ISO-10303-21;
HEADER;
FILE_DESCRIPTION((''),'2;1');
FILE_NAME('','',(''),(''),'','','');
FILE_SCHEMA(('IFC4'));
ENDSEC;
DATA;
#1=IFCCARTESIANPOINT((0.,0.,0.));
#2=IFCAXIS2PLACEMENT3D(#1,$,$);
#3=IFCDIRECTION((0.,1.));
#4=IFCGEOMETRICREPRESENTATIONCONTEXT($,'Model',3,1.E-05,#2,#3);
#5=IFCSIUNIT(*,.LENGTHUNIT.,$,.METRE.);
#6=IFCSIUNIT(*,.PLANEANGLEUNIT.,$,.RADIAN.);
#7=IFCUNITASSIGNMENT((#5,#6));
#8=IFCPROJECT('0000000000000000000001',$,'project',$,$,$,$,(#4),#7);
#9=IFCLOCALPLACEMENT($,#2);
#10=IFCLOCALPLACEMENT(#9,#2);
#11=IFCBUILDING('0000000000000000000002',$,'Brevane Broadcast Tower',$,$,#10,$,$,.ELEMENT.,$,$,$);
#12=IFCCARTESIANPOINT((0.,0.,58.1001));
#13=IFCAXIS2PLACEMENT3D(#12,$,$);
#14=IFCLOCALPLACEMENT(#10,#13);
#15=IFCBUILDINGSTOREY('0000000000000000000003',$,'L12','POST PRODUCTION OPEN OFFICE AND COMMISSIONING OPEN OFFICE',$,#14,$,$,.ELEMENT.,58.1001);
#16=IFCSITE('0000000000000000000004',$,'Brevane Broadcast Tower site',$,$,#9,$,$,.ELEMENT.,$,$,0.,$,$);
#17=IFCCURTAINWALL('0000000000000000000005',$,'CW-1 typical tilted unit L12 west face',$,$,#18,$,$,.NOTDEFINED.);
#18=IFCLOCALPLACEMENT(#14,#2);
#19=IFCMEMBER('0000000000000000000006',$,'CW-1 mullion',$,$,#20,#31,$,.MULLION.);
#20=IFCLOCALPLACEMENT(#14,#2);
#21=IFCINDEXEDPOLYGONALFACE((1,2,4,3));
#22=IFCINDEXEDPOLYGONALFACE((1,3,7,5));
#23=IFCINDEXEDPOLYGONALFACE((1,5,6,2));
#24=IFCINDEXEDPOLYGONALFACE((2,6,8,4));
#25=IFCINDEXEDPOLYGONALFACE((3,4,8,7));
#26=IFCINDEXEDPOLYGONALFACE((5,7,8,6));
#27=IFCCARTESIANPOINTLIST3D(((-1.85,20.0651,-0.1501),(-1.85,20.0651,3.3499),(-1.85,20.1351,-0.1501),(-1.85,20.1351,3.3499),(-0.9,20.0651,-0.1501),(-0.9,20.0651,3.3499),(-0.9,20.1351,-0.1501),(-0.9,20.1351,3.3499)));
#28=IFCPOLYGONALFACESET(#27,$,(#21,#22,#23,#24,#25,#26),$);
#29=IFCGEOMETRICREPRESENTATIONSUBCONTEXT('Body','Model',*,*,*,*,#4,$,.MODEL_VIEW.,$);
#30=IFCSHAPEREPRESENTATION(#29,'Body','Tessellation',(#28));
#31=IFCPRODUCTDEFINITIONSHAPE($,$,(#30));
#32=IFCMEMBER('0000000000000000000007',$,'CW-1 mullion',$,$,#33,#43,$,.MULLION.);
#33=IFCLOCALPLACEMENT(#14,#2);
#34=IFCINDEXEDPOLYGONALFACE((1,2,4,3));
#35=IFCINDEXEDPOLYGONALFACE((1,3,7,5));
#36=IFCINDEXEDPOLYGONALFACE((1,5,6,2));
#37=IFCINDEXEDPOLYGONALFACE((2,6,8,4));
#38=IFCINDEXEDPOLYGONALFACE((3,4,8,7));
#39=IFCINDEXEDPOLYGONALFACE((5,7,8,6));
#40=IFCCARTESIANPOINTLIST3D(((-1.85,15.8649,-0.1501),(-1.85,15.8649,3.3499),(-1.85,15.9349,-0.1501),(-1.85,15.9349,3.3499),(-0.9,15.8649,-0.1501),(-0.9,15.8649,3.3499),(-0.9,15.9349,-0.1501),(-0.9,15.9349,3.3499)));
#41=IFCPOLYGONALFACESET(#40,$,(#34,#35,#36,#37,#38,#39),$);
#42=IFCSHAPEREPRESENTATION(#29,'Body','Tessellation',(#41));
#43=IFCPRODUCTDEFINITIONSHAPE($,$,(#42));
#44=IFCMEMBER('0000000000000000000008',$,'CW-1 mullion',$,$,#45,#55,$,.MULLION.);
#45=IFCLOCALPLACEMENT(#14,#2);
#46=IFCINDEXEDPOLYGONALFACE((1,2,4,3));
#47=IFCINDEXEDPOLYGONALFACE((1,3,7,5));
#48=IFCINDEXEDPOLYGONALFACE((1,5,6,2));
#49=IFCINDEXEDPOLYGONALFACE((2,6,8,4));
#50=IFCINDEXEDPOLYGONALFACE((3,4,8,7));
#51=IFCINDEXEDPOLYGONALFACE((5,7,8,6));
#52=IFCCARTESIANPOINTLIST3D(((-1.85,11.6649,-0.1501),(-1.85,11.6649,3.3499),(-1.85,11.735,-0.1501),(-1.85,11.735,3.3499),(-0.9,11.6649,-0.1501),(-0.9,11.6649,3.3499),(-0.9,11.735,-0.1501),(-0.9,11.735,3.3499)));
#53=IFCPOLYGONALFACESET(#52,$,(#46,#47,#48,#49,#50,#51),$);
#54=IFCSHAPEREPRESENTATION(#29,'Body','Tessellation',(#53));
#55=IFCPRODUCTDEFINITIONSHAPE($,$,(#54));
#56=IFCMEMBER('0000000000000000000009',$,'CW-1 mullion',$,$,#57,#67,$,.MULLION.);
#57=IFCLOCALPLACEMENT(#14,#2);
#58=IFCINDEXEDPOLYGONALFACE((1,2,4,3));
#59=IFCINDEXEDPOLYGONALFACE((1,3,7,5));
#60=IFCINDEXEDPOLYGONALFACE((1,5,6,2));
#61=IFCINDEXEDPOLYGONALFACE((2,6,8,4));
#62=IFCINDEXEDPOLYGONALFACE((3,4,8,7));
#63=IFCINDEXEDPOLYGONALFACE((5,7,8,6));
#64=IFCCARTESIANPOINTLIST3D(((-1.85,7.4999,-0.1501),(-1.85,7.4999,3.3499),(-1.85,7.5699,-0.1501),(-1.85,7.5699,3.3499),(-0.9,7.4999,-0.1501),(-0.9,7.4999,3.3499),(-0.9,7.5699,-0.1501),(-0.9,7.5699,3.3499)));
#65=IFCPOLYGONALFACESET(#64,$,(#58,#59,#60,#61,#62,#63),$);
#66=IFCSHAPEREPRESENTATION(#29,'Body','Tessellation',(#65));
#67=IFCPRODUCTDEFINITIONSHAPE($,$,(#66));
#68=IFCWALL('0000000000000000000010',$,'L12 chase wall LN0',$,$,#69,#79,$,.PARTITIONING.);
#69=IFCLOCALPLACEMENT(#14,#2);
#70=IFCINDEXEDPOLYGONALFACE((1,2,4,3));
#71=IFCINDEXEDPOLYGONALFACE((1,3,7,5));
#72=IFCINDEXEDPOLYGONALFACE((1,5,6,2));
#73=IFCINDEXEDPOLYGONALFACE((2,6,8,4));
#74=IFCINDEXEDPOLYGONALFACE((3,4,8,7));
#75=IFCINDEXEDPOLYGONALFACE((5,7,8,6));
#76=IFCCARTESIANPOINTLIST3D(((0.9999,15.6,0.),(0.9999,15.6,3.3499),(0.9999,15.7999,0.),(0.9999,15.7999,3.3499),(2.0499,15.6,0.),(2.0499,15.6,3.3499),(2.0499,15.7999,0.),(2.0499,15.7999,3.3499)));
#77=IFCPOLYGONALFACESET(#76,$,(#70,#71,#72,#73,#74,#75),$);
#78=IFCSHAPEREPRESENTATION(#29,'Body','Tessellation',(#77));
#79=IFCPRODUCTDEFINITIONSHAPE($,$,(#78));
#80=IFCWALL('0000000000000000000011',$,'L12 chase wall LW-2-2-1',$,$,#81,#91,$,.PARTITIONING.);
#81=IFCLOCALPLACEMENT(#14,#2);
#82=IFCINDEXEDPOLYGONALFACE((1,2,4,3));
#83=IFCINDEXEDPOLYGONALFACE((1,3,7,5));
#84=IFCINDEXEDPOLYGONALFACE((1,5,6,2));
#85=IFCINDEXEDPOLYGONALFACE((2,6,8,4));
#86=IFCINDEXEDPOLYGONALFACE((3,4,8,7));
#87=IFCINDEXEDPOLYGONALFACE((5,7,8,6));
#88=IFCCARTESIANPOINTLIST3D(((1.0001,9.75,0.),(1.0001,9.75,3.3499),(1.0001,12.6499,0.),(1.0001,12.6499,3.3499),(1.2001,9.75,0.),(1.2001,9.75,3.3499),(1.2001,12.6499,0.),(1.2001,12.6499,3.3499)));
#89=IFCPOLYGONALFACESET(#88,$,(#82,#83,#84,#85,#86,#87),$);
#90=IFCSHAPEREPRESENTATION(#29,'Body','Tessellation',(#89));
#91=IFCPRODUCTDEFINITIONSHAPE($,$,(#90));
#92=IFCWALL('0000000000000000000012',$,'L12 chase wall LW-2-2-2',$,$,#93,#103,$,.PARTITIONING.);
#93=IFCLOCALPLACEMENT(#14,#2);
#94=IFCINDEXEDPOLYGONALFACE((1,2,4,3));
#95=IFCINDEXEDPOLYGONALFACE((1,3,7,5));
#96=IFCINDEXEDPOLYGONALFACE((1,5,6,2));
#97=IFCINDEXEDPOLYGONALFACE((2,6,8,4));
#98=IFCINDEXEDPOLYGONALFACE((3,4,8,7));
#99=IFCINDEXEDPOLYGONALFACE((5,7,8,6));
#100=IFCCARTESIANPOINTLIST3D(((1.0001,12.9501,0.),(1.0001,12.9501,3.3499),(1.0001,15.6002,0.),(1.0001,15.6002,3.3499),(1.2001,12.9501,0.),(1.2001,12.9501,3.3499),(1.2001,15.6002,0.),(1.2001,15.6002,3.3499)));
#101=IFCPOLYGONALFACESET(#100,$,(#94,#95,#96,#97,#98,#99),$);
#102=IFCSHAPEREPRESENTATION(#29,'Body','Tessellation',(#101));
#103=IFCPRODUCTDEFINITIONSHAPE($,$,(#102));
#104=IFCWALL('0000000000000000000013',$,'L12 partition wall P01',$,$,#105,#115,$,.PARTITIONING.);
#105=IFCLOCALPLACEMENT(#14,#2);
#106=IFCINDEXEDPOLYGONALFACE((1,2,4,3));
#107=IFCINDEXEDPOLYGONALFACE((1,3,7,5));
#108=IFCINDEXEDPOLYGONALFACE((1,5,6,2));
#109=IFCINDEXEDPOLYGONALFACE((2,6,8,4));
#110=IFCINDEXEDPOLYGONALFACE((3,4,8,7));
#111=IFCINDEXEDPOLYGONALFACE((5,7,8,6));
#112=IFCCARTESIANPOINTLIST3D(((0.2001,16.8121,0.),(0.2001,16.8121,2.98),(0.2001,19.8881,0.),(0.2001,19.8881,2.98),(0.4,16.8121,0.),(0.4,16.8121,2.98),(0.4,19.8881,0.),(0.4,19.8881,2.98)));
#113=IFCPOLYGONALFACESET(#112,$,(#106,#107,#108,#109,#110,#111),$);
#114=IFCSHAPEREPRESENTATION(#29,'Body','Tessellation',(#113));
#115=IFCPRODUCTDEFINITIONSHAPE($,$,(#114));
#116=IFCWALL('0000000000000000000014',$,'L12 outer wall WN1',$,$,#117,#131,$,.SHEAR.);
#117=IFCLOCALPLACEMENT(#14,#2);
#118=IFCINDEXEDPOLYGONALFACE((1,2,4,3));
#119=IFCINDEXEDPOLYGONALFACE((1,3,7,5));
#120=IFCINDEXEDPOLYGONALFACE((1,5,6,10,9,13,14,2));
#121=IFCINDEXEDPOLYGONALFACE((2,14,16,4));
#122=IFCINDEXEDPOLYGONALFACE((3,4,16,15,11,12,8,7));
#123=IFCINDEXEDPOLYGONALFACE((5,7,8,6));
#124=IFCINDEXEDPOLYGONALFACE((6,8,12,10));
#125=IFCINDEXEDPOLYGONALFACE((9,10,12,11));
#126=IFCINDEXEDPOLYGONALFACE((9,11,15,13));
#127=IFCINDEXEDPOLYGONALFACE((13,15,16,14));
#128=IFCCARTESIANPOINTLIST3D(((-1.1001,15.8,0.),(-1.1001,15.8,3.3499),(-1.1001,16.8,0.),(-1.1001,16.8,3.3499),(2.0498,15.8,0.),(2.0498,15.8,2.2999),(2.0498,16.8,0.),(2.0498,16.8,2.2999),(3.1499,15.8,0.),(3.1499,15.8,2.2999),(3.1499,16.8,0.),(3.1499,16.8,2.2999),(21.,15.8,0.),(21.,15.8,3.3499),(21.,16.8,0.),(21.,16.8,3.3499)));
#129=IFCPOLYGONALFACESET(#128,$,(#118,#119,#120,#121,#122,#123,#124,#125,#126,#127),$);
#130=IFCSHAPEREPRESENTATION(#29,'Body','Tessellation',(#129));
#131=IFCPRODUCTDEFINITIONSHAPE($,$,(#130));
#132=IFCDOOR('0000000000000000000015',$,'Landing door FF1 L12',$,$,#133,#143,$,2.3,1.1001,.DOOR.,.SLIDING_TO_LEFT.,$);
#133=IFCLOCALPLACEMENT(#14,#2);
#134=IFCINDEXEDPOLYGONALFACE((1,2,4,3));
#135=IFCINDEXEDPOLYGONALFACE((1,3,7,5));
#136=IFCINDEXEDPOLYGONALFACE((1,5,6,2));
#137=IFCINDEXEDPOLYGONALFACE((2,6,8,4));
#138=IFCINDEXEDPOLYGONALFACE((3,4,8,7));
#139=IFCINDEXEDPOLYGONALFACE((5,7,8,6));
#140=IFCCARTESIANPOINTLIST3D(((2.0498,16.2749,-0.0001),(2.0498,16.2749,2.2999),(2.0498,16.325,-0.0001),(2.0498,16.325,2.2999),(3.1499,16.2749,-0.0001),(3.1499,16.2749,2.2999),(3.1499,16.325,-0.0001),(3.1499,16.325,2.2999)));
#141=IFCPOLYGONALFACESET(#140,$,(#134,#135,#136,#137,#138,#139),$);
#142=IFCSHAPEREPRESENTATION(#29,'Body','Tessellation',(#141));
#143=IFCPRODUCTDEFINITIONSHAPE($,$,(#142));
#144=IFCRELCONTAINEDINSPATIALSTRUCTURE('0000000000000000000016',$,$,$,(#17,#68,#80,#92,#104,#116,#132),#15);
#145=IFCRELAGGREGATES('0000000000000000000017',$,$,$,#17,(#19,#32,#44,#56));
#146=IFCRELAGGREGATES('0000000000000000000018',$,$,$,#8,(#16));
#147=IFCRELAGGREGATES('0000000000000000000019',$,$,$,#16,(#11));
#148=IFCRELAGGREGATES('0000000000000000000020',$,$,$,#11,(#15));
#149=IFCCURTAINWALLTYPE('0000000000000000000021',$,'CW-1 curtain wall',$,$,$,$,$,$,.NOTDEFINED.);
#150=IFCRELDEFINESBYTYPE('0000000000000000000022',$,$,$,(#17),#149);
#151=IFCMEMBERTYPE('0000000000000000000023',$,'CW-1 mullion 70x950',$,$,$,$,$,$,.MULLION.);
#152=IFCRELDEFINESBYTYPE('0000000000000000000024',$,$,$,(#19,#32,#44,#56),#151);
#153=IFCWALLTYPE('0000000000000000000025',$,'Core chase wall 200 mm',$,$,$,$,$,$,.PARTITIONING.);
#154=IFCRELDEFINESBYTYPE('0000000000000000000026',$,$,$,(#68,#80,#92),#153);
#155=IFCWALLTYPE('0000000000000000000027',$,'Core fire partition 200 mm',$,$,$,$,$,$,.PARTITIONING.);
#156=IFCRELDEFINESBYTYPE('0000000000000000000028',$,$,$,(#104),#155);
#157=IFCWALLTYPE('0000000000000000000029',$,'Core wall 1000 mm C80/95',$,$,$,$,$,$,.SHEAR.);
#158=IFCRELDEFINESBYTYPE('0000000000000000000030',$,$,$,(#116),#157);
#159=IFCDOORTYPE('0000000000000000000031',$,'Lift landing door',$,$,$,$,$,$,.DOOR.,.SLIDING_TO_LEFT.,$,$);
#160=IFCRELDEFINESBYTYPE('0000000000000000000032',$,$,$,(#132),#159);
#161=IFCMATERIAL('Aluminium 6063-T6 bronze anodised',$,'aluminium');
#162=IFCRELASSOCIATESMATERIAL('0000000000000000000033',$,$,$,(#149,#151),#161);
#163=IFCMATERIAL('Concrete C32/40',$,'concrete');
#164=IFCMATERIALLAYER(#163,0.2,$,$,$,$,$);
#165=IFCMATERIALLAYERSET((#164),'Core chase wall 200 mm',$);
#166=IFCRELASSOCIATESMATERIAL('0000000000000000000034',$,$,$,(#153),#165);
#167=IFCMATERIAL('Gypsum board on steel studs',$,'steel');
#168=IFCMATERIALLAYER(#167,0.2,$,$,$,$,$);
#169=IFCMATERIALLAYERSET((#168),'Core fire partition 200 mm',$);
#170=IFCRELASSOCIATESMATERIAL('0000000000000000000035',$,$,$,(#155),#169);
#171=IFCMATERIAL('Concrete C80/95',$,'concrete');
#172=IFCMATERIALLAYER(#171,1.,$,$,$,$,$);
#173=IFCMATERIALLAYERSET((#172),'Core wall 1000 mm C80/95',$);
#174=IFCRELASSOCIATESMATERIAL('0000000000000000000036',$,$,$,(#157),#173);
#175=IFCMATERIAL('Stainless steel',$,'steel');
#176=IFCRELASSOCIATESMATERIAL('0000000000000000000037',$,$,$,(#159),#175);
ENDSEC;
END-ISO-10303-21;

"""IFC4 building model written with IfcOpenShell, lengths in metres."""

from ifc_helpers import new_model, si_unit, direction, frame, frame_2d, origin, origin_2d, place, context, subcontext, project, spatial, rectangle, extrude, material, layer, layer_set, material_profile, profile_set, type_object, element, fill, aggregate, save


model = new_model("IFC4")

# Units and contexts
model_context = context("Model", 3, precision=1e-05, world=origin(), true_north=direction((0.0, 1.0)))
body_context = subcontext(model_context, "Body", "Model", "MODEL_VIEW")
ifc_project = project(units=[si_unit("LENGTHUNIT", "METRE"), si_unit("PLANEANGLEUNIT", "RADIAN")], contexts=[model_context])

# Site, building, storey
site_placement = place(None, origin())
site = spatial("IfcSite", under=ifc_project, at=site_placement, Name="Brevane Broadcast Tower site", CompositionType="ELEMENT", RefElevation=0.0)
building_placement = place(site_placement, origin())
building = spatial("IfcBuilding", under=site, at=building_placement, Name="Brevane Broadcast Tower", CompositionType="ELEMENT")
storey_placement = place(building_placement, frame((0.0, 0.0, 58.1001)))
storey = spatial("IfcBuildingStorey", under=building, at=storey_placement, Name="L12", Description="POST PRODUCTION OPEN OFFICE AND COMMISSIONING OPEN OFFICE", CompositionType="ELEMENT", Elevation=58.1001)

# Curtain wall, members
ifc_material_1 = material(Name="Aluminium 6063-T6 bronze anodised", Category="aluminium")
curtain_wall_type = type_object("IfcCurtainWallType", Name="CW-1 curtain wall", PredefinedType="NOTDEFINED", material=ifc_material_1)
curtain_wall_placement = place(storey_placement, origin())
curtain_wall = element("IfcCurtainWall", 1, at=curtain_wall_placement, inside=storey, type_object=curtain_wall_type, Name="CW-1 typical tilted unit L12 west face", PredefinedType="NOTDEFINED")
ifc_material_profile = material_profile(ifc_material_1, rectangle(XDim=0.95, YDim=0.0701, at=origin_2d()), Name="RECT 70x950")
ifc_profile_set = profile_set([ifc_material_profile], Name="Aluminium 6063-T6 bronze anodised")
member_type = type_object("IfcMemberType", Name="CW-1 mullion 70x950", PredefinedType="MULLION", material=ifc_profile_set)
member_1_placement = place(storey_placement, frame((-1.375, 20.1001, -0.1501), z_axis=(0.0, 0.0, 1.0), x_axis=(1.0, 0.0, 0.0)))
member_1 = element("IfcMember", 2, at=member_1_placement, type_object=member_type, Name="CW-1 mullion", PredefinedType="MULLION", context=body_context, shape_type="SweptSolid", body=[
    extrude(rectangle(XDim=0.95, YDim=0.0701, at=origin_2d()), origin(), (0.0, 0.0, 1.0), 3.5),
])
member_2_placement = place(storey_placement, frame((-1.375, 15.8999, -0.1501), z_axis=(0.0, 0.0, 1.0), x_axis=(1.0, 0.0, 0.0)))
member_2 = element("IfcMember", 3, at=member_2_placement, type_object=member_type, Name="CW-1 mullion", PredefinedType="MULLION", context=body_context, shape_type="SweptSolid", body=[
    extrude(rectangle(XDim=0.95, YDim=0.0701, at=origin_2d()), origin(), (0.0, 0.0, 1.0), 3.5),
])
member_3_placement = place(storey_placement, frame((-1.375, 11.7, -0.1501), z_axis=(0.0, 0.0, 1.0), x_axis=(1.0, 0.0, 0.0)))
member_3 = element("IfcMember", 4, at=member_3_placement, type_object=member_type, Name="CW-1 mullion", PredefinedType="MULLION", context=body_context, shape_type="SweptSolid", body=[
    extrude(rectangle(XDim=0.95, YDim=0.0701, at=origin_2d()), origin(), (0.0, 0.0, 1.0), 3.5),
])
member_4_placement = place(storey_placement, frame((-1.375, 7.5349, -0.1501), z_axis=(0.0, 0.0, 1.0), x_axis=(1.0, 0.0, 0.0)))
member_4 = element("IfcMember", 5, at=member_4_placement, type_object=member_type, Name="CW-1 mullion", PredefinedType="MULLION", context=body_context, shape_type="SweptSolid", body=[
    extrude(rectangle(XDim=0.95, YDim=0.0701, at=origin_2d()), origin(), (0.0, 0.0, 1.0), 3.5),
])
aggregate(curtain_wall, [member_1, member_2, member_3, member_4])

# Walls
ifc_material_2 = material(Name="Concrete C32/40", Category="concrete")
ifc_layer_1 = layer(ifc_material_2, 0.2)
ifc_layer_set_1 = layer_set([ifc_layer_1], Name="Core chase wall 200 mm")
wall_type_1 = type_object("IfcWallType", Name="Core chase wall 200 mm", PredefinedType="PARTITIONING", material=ifc_layer_set_1)
wall_1_placement = place(storey_placement, frame((1.0, 15.7, 0.0), z_axis=(0.0, 0.0, 1.0), x_axis=(1.0, 0.0, 0.0)))
element("IfcWall", 6, at=wall_1_placement, inside=storey, type_object=wall_type_1, Name="L12 chase wall LN0", PredefinedType="PARTITIONING", context=body_context, shape_type="SweptSolid", body=[
    extrude(rectangle(XDim=1.05, YDim=0.2, at=frame_2d((0.5249, 0.0))), origin(), (0.0, 0.0, 1.0), 3.3499),
])
wall_2_placement = place(storey_placement, frame((1.1001, 9.75, 0.0), z_axis=(0.0, 0.0, 1.0), x_axis=(0.0, 1.0, 0.0)))
element("IfcWall", 7, at=wall_2_placement, inside=storey, type_object=wall_type_1, Name="L12 chase wall LW-2-2-1", PredefinedType="PARTITIONING", context=body_context, shape_type="SweptSolid", body=[
    extrude(rectangle(XDim=2.8999, YDim=0.2, at=frame_2d((1.45, 0.0))), origin(), (0.0, 0.0, 1.0), 3.3499),
])
wall_3_placement = place(storey_placement, frame((1.1001, 12.95, 0.0), z_axis=(0.0, 0.0, 1.0), x_axis=(0.0, 1.0, 0.0)))
element("IfcWall", 8, at=wall_3_placement, inside=storey, type_object=wall_type_1, Name="L12 chase wall LW-2-2-2", PredefinedType="PARTITIONING", context=body_context, shape_type="SweptSolid", body=[
    extrude(rectangle(XDim=2.6501, YDim=0.2, at=frame_2d((1.3252, 0.0))), origin(), (0.0, 0.0, 1.0), 3.3499),
])
ifc_material_3 = material(Name="Gypsum board on steel studs", Category="steel")
ifc_layer_2 = layer(ifc_material_3, 0.2)
ifc_layer_set_2 = layer_set([ifc_layer_2], Name="Core fire partition 200 mm")
wall_type_2 = type_object("IfcWallType", Name="Core fire partition 200 mm", PredefinedType="PARTITIONING", material=ifc_layer_set_2)
wall_4_placement = place(storey_placement, frame((0.3, 16.812, 0.0), z_axis=(0.0, 0.0, 1.0), x_axis=(0.0, 1.0, 0.0)))
element("IfcWall", 9, at=wall_4_placement, inside=storey, type_object=wall_type_2, Name="L12 partition wall P01", PredefinedType="PARTITIONING", context=body_context, shape_type="SweptSolid", body=[
    extrude(rectangle(XDim=3.0759, YDim=0.2, at=frame_2d((1.5381, 0.0))), origin(), (0.0, 0.0, 1.0), 2.98),
])

# Wall, opening, door
ifc_material_4 = material(Name="Concrete C80/95", Category="concrete")
ifc_layer_3 = layer(ifc_material_4, 1.0)
ifc_layer_set_3 = layer_set([ifc_layer_3], Name="Core wall 1000 mm C80/95")
wall_type_3 = type_object("IfcWallType", Name="Core wall 1000 mm C80/95", PredefinedType="SHEAR", material=ifc_layer_set_3)
wall_5_placement = place(storey_placement, frame((-1.1001, 16.3, 0.0), z_axis=(0.0, 0.0, 1.0), x_axis=(1.0, 0.0, 0.0)))
wall_5 = element("IfcWall", 10, at=wall_5_placement, inside=storey, type_object=wall_type_3, Name="L12 outer wall WN1", PredefinedType="SHEAR", context=body_context, shape_type="SweptSolid", body=[
    extrude(rectangle(XDim=22.1001, YDim=1.0, at=frame_2d((11.05, 0.0))), origin(), (0.0, 0.0, 1.0), 3.3499),
])
opening_1_placement = place(wall_5_placement, frame((3.1499, 0.0, 0.0)))
opening_1 = element("IfcOpeningElement", 11, at=opening_1_placement, cuts=wall_5, PredefinedType="OPENING", context=body_context, shape_type="SweptSolid", body=[
    extrude(rectangle(XDim=1.1001, YDim=2.3, at=frame_2d((0.55, 1.1499))), frame((0.0, 0.51, 0.0), z_axis=(0.0, -1.0, 0.0), x_axis=(1.0, 0.0, 0.0)), (0.0, 0.0, 1.0), 1.02),
])
ifc_material_5 = material(Name="Stainless steel", Category="steel")
door_type = type_object("IfcDoorType", Name="Lift landing door", OperationType="SLIDING_TO_LEFT", PredefinedType="DOOR", material=ifc_material_5)
door_1_placement = place(opening_1_placement, origin())
door_1 = element("IfcDoor", 12, at=door_1_placement, inside=storey, type_object=door_type, Name="Landing door FF1 L12", OperationType="SLIDING_TO_LEFT", OverallHeight=2.3, OverallWidth=1.1001, PredefinedType="DOOR", context=body_context, shape_type="SweptSolid", body=[
    extrude(rectangle(XDim=1.1001, YDim=2.3, at=frame_2d((0.55, 1.1499))), frame((0.0, 0.0249, 0.0), z_axis=(0.0, -1.0, 0.0), x_axis=(1.0, 0.0, 0.0)), (0.0, 0.0, 1.0), 0.05),
])
fill(opening_1, door_1)

save(model, "model.ifc")
